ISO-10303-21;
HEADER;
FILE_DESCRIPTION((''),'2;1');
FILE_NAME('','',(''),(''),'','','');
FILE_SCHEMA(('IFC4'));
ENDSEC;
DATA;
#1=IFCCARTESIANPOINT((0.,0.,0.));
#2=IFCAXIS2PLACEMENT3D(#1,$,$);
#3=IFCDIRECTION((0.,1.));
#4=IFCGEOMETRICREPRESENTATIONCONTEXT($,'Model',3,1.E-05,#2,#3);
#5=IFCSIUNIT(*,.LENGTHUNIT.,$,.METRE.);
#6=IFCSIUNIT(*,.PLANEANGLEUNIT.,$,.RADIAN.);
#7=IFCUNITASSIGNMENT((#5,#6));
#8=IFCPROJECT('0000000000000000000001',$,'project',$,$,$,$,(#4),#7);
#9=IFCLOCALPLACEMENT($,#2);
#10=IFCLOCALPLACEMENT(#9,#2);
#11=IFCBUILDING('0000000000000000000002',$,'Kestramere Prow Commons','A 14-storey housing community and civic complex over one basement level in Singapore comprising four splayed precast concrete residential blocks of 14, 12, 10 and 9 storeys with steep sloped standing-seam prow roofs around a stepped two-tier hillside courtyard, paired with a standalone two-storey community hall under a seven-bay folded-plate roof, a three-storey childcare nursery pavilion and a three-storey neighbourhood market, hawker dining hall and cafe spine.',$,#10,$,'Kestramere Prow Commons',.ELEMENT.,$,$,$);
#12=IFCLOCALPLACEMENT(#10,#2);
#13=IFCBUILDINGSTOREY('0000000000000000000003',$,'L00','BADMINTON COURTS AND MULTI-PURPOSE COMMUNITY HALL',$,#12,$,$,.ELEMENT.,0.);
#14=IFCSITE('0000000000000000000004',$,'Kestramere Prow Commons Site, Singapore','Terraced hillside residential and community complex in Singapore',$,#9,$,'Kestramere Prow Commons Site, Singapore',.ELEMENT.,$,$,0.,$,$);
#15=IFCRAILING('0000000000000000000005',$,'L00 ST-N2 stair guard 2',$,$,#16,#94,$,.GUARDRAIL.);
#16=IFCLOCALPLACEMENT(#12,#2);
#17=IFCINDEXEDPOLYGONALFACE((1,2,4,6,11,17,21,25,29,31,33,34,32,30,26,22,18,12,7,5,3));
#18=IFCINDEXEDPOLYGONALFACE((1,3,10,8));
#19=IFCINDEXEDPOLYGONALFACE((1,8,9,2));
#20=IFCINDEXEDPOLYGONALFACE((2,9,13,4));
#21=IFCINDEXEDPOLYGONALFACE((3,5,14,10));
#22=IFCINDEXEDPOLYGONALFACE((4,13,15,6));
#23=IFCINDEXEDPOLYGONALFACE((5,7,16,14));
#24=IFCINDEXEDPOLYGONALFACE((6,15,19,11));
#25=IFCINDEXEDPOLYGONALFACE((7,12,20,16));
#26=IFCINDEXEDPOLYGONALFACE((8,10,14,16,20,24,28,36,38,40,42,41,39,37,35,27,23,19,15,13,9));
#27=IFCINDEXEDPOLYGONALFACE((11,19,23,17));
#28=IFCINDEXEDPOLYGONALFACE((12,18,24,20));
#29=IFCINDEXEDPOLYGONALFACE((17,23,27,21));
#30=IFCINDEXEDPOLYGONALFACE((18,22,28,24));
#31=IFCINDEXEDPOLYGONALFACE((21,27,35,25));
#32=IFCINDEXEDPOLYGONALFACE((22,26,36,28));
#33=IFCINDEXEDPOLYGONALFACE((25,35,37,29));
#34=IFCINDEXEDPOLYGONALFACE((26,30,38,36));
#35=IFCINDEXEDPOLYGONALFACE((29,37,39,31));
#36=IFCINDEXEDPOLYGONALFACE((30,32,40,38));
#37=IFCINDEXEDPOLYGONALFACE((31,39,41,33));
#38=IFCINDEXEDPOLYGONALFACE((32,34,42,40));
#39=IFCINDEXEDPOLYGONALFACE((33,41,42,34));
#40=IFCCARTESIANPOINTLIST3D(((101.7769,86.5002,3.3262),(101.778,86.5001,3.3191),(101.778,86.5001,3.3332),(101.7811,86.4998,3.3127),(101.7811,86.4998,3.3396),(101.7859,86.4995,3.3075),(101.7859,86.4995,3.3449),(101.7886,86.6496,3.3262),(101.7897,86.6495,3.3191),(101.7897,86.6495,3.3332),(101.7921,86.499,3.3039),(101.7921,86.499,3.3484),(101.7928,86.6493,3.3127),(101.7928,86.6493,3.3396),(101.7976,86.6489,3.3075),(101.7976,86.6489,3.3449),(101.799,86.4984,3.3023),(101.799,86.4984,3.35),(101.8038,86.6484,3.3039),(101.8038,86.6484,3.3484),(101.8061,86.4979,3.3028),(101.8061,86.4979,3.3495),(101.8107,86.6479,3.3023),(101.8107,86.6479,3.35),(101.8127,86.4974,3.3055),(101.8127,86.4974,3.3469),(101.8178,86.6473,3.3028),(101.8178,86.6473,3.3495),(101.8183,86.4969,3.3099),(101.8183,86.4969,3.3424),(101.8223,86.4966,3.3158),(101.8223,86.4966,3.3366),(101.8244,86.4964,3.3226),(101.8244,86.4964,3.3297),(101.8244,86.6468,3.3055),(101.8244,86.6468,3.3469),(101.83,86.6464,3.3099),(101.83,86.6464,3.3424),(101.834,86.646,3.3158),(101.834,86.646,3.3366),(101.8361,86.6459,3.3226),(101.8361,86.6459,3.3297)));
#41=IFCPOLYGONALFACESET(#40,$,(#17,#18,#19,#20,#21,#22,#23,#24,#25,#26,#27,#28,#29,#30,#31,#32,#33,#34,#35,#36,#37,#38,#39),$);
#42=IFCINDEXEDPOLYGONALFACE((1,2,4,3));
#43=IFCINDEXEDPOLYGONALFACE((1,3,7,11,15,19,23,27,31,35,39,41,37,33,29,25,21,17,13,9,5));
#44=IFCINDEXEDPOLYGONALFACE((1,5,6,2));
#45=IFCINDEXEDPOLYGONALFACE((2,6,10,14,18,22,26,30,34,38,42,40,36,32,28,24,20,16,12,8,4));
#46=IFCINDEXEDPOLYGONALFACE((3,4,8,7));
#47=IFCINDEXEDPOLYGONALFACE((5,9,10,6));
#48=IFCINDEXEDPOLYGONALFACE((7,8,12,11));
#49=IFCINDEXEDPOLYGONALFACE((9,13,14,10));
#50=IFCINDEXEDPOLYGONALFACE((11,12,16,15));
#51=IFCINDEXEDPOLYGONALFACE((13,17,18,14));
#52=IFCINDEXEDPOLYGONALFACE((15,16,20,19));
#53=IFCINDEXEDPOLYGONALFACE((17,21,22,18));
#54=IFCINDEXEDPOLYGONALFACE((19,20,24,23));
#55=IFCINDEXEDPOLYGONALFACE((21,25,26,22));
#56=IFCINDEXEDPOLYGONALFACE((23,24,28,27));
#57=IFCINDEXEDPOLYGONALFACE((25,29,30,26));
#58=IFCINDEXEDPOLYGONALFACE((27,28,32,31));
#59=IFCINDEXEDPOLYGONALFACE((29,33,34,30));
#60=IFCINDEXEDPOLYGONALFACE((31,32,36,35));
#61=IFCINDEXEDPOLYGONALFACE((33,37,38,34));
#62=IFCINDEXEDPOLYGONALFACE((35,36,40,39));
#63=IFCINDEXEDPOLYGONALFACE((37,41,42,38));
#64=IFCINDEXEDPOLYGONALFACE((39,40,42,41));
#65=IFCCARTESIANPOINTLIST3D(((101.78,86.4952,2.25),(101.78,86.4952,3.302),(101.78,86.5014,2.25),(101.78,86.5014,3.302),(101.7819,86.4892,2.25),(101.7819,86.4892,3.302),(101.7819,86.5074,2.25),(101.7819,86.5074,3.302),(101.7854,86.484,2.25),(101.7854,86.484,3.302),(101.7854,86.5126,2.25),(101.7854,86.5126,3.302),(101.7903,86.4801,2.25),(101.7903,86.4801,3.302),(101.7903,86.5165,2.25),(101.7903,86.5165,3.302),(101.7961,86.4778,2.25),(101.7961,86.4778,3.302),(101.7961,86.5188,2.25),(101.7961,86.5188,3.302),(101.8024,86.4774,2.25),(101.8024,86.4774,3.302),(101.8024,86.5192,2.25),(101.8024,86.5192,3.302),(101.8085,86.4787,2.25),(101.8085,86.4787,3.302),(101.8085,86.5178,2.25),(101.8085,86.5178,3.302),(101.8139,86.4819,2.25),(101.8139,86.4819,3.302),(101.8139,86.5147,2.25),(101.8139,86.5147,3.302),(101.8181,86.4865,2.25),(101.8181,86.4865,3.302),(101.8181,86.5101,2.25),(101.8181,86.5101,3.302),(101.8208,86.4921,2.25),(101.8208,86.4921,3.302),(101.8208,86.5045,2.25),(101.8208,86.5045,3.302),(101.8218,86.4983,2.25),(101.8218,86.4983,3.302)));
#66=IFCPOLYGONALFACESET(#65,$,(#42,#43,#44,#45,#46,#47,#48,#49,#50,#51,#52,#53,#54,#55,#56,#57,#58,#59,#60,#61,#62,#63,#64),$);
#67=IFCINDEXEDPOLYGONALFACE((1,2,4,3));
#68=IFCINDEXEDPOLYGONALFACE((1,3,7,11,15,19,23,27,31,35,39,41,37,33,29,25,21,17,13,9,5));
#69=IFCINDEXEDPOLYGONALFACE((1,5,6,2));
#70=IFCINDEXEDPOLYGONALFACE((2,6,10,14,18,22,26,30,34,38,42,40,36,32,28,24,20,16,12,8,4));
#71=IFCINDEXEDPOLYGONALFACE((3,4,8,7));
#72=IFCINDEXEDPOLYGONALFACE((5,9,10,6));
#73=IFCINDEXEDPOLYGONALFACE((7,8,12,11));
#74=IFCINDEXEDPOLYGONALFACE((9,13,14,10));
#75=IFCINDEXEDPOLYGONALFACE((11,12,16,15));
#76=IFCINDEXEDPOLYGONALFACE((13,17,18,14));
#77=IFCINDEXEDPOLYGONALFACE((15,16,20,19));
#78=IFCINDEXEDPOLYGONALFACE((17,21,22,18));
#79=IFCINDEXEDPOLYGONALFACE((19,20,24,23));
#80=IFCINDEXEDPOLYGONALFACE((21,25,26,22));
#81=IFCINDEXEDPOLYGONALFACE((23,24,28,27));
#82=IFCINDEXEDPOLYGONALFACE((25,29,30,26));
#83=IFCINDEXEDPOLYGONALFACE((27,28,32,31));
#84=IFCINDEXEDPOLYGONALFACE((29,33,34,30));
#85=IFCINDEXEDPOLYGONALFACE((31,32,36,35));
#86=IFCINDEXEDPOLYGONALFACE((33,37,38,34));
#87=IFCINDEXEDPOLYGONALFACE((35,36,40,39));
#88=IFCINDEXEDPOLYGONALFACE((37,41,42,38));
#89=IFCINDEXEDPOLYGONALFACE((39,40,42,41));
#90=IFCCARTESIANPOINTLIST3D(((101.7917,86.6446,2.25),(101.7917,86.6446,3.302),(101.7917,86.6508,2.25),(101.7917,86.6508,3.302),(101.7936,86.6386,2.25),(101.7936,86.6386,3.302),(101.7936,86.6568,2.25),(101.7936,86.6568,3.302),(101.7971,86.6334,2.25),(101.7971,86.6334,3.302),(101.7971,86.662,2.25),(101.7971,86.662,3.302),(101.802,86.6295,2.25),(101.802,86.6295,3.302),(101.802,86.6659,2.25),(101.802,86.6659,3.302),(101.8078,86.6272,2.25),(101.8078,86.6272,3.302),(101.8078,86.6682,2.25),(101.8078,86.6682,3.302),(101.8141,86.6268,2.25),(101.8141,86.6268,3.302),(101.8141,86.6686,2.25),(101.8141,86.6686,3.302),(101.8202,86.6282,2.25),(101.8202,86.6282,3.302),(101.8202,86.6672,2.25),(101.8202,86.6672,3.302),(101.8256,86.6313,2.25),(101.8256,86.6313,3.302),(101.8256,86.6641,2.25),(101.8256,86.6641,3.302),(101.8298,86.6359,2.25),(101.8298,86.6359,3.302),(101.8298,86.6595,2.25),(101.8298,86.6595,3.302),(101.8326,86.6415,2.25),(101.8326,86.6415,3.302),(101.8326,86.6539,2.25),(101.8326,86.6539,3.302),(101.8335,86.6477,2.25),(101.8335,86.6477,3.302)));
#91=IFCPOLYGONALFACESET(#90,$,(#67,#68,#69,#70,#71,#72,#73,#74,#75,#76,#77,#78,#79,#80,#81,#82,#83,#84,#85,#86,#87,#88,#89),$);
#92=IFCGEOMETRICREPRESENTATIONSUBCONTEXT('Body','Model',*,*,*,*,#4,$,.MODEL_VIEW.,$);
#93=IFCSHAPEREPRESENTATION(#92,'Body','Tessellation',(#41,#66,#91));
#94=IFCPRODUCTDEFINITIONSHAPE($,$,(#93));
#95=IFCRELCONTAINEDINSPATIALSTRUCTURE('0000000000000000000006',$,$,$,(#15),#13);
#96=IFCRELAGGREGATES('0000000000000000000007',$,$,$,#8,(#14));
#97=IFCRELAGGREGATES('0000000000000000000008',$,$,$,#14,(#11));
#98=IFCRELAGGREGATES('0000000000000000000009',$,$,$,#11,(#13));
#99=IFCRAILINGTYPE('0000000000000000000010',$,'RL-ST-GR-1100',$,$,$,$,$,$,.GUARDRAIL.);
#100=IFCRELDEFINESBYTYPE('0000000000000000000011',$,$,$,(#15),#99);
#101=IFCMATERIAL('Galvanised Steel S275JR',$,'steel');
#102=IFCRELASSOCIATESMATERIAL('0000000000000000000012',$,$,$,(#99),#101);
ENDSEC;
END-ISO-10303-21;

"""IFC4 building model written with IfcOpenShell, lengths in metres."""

from ifc_helpers import new_model, si_unit, direction, frame, origin, origin_2d, place, context, subcontext, project, spatial, circle, extrude, material, type_object, element, save


model = new_model("IFC4")

# Units and contexts
model_context = context("Model", 3, precision=1e-05, world=origin(), true_north=direction((0.0, 1.0)))
body_context = subcontext(model_context, "Body", "Model", "MODEL_VIEW")
ifc_project = project(units=[si_unit("LENGTHUNIT", "METRE"), si_unit("PLANEANGLEUNIT", "RADIAN")], contexts=[model_context])

# Site, building, storey
site_placement = place(None, origin())
site = spatial("IfcSite", under=ifc_project, at=site_placement, Name="Kestramere Prow Commons Site, Singapore", Description="Terraced hillside residential and community complex in Singapore", LongName="Kestramere Prow Commons Site, Singapore", CompositionType="ELEMENT", RefElevation=0.0)
building_placement = place(site_placement, origin())
building = spatial("IfcBuilding", under=site, at=building_placement, Name="Kestramere Prow Commons", Description="A 14-storey housing community and civic complex over one basement level in Singapore comprising four splayed precast concrete residential blocks of 14, 12, 10 and 9 storeys with steep sloped standing-seam prow roofs around a stepped two-tier hillside courtyard, paired with a standalone two-storey community hall under a seven-bay folded-plate roof, a three-storey childcare nursery pavilion and a three-storey neighbourhood market, hawker dining hall and cafe spine.", LongName="Kestramere Prow Commons", CompositionType="ELEMENT")
storey_placement = place(building_placement, origin())
storey = spatial("IfcBuildingStorey", under=building, at=storey_placement, Name="L00", Description="BADMINTON COURTS AND MULTI-PURPOSE COMMUNITY HALL", CompositionType="ELEMENT", Elevation=0.0)

# Railing
ifc_material_1 = material(Name="Galvanised Steel S275JR", Category="steel")
railing_type_1 = type_object("IfcRailingType", Name="RL-ST-GR-1100", PredefinedType="GUARDRAIL", material=ifc_material_1)
railing_1_placement = place(storey_placement, frame((101.8008, 86.4983, 2.25)))
element("IfcRailing", 1, at=railing_1_placement, inside=storey, type_object=railing_type_1, Name="L00 ST-N2 stair guard 2", PredefinedType="GUARDRAIL", context=body_context, shape_type="SweptSolid", body=[
    extrude(circle(Radius=0.0239, at=origin_2d()), frame((0.0, 0.0, 1.0762), z_axis=(0.078191, 0.996938, 0.0), x_axis=(-0.996938, 0.078191, 0.0)), (0.0, 0.0, 1.0), 0.1499),
    extrude(circle(Radius=0.021, at=origin_2d()), origin(), (0.0, 0.0, 1.0), 1.052),
    extrude(circle(Radius=0.021, at=origin_2d()), frame((0.0117, 0.1494, 0.0)), (0.0, 0.0, 1.0), 1.052),
])

save(model, "model.ifc")
